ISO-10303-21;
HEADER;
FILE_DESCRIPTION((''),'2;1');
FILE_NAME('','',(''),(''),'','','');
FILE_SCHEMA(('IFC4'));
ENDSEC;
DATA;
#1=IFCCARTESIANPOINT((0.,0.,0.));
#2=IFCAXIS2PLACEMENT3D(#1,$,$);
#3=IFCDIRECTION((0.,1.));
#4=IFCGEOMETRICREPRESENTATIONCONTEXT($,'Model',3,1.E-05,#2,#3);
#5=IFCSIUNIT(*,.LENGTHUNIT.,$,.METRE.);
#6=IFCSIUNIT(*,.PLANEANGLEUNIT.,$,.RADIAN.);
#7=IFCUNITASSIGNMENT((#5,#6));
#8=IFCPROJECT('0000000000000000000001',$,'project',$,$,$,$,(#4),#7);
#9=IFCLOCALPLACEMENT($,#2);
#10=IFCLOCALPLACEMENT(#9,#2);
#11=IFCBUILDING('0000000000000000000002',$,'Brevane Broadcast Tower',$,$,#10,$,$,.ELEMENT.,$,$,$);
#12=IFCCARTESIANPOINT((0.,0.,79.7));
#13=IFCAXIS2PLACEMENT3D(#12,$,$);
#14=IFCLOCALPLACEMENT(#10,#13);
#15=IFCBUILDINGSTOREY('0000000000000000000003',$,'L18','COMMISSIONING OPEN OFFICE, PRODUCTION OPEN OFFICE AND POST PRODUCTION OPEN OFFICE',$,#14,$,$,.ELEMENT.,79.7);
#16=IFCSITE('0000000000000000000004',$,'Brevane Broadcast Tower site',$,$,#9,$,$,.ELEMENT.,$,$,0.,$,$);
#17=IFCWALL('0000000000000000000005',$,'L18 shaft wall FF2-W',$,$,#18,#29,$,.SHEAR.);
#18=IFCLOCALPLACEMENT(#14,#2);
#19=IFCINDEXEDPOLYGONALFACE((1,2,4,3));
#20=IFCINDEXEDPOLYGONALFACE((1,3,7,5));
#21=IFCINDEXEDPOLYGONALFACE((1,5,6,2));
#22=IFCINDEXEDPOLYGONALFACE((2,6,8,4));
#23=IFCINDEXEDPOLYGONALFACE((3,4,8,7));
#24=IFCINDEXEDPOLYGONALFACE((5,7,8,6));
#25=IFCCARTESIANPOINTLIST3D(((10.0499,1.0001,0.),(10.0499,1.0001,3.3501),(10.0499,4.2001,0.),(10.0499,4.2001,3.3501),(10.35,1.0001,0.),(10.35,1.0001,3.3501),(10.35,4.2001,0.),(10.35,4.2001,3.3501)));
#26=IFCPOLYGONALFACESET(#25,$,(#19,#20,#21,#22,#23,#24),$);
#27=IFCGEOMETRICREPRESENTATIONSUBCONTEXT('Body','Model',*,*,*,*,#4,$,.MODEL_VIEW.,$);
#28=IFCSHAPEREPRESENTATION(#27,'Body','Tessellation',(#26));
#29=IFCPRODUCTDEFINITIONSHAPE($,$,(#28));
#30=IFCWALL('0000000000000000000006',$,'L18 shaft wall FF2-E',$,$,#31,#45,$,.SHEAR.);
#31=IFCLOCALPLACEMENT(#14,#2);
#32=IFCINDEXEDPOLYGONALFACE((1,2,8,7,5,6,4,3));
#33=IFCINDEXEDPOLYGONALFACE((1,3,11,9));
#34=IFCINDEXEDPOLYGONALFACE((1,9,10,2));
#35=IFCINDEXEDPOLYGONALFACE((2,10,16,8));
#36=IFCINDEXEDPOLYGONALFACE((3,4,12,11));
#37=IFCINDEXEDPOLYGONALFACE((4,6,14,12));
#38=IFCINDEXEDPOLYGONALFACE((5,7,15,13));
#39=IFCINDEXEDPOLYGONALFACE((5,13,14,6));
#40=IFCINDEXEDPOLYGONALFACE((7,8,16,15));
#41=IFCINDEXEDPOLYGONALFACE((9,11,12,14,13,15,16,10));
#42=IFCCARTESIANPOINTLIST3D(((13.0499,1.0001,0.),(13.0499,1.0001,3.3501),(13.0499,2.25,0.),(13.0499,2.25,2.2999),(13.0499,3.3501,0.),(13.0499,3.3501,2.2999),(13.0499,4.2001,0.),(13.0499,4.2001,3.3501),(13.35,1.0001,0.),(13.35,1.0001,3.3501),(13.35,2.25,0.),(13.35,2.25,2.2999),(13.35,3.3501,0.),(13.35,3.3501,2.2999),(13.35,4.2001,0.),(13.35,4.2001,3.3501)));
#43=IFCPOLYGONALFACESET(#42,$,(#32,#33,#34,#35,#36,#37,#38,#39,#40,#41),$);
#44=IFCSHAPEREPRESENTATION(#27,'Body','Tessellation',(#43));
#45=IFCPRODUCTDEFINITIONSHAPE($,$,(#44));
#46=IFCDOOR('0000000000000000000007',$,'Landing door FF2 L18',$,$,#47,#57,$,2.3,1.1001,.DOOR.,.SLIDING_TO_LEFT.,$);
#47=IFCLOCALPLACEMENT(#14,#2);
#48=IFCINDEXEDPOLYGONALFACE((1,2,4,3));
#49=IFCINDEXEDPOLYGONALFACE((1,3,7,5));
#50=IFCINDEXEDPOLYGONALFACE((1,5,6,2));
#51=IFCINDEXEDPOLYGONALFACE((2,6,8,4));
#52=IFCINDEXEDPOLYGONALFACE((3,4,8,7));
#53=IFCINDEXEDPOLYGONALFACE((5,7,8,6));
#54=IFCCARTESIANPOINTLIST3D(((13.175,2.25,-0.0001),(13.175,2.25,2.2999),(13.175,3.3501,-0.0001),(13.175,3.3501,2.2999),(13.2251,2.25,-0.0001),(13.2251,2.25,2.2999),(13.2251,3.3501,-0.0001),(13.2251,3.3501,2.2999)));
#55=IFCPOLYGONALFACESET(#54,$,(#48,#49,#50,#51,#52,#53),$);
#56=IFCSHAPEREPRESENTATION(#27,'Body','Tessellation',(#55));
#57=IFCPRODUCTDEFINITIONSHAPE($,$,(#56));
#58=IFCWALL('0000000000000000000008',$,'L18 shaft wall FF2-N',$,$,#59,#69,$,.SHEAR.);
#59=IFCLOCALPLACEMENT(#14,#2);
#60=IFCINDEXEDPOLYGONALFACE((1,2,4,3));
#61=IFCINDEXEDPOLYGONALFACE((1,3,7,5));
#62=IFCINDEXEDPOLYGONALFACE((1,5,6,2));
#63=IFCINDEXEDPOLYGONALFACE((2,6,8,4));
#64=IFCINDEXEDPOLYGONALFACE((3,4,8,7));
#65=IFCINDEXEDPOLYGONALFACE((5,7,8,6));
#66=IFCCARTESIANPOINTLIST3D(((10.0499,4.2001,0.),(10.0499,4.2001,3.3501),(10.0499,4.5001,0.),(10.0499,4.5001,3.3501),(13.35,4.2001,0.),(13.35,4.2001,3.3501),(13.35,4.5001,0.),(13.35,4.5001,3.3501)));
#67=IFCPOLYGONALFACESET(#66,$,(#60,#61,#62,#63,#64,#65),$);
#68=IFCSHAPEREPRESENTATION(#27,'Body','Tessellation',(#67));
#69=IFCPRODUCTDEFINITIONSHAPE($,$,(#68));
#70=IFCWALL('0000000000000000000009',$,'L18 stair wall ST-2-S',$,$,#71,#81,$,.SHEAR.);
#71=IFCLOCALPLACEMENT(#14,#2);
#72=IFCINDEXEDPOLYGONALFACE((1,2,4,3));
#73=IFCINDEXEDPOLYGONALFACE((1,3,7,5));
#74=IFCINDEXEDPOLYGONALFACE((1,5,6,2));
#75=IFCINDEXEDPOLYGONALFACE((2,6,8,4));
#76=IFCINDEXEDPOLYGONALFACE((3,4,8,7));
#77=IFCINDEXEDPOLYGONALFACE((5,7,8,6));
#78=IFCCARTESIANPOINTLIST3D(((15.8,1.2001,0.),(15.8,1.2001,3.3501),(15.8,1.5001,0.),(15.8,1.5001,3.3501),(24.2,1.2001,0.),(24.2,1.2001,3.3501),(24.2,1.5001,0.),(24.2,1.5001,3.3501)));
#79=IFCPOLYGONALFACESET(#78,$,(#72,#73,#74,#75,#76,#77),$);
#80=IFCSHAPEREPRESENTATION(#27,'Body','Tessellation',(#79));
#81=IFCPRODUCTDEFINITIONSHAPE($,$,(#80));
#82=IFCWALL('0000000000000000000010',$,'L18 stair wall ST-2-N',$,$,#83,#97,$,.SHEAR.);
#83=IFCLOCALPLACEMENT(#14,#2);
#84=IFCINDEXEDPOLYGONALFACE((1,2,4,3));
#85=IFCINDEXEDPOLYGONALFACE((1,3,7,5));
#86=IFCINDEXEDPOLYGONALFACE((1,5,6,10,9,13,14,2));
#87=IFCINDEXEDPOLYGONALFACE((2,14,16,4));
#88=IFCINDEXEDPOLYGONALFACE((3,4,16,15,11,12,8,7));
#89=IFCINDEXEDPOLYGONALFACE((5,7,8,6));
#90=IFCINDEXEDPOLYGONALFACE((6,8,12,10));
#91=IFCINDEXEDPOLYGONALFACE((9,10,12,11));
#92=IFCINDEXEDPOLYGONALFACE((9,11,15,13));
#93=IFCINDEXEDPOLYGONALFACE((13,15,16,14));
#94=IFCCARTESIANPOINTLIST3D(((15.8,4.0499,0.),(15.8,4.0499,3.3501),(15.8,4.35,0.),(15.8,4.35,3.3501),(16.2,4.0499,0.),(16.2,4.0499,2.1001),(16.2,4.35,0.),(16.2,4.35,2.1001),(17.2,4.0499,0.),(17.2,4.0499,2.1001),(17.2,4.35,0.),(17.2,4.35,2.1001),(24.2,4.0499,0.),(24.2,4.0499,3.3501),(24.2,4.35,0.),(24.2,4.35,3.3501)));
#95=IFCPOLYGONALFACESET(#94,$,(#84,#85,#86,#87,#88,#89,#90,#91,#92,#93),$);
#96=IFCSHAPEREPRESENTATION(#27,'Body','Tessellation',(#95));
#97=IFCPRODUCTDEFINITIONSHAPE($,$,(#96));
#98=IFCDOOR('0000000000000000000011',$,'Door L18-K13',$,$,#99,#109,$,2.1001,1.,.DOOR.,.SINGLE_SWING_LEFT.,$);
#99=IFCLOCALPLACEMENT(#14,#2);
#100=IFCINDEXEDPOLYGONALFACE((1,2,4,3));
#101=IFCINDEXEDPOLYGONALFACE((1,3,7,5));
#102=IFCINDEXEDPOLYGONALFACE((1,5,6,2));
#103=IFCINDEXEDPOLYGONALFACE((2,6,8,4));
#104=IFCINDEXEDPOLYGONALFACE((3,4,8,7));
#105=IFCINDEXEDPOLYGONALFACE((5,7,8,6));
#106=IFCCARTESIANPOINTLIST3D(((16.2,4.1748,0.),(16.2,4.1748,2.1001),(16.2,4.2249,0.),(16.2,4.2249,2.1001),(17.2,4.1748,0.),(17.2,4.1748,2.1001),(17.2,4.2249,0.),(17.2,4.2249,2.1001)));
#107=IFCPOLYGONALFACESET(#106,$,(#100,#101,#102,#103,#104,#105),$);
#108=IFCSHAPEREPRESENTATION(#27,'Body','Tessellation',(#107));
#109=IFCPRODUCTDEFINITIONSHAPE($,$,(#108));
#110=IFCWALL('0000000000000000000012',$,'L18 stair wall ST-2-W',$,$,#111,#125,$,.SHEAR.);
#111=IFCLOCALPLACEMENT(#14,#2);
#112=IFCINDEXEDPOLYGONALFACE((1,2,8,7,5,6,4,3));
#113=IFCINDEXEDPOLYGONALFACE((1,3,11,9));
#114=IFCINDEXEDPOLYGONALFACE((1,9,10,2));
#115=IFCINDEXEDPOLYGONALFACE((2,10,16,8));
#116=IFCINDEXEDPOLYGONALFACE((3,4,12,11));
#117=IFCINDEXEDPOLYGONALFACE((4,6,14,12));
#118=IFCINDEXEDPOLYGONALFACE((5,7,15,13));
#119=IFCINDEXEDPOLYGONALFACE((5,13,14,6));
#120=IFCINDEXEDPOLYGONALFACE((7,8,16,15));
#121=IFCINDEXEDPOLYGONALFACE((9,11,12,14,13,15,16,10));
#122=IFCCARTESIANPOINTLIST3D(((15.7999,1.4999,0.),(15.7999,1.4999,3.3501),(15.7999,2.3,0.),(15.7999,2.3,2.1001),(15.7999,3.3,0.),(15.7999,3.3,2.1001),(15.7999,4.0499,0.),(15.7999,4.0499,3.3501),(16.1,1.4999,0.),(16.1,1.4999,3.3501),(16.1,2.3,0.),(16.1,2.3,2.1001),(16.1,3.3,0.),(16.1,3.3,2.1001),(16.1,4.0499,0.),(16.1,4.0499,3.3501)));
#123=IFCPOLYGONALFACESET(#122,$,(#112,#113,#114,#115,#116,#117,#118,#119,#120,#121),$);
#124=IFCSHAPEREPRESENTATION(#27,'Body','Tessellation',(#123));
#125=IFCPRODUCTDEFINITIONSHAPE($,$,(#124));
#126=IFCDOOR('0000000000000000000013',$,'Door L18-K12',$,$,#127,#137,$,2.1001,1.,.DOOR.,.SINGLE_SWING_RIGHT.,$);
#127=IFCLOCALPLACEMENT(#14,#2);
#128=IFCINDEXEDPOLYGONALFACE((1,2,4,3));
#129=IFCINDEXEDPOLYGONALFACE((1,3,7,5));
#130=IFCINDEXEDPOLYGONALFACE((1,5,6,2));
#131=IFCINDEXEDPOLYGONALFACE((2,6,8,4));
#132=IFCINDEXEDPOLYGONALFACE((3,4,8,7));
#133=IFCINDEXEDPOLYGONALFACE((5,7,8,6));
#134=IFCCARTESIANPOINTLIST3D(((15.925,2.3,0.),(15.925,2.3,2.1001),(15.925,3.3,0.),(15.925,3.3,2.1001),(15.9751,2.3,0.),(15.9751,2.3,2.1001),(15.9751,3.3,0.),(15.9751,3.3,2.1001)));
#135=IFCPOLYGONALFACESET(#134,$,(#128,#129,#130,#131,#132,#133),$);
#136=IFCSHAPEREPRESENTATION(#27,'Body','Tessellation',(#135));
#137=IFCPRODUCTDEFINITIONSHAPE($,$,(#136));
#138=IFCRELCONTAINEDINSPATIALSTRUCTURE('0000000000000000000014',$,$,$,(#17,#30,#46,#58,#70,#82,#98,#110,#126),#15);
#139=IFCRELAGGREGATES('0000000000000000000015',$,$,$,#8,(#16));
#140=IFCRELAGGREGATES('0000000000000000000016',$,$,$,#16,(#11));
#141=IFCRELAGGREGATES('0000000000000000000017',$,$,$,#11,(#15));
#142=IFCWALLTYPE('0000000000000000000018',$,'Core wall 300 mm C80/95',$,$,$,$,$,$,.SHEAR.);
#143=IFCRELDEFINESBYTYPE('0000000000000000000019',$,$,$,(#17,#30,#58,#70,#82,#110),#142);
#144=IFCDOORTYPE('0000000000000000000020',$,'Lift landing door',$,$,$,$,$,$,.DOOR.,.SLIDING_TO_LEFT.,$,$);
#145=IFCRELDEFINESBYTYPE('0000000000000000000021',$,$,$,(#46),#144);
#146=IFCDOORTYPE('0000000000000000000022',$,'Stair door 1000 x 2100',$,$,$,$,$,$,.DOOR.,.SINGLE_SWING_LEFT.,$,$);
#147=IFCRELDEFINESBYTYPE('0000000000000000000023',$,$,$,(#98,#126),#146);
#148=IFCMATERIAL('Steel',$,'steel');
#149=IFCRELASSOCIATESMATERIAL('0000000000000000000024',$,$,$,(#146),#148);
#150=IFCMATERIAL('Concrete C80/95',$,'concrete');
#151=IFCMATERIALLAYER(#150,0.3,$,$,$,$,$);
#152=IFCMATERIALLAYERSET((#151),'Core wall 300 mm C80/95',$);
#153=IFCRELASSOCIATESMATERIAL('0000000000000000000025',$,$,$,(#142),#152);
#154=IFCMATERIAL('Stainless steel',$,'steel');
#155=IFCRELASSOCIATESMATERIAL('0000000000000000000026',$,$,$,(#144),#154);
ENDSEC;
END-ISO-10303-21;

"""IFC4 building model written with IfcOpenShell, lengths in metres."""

from ifc_helpers import new_model, si_unit, direction, frame, frame_2d, origin, place, context, subcontext, project, spatial, rectangle, extrude, material, layer, layer_set, type_object, element, fill, save


model = new_model("IFC4")

# Units and contexts
model_context = context("Model", 3, precision=1e-05, world=origin(), true_north=direction((0.0, 1.0)))
body_context = subcontext(model_context, "Body", "Model", "MODEL_VIEW")
ifc_project = project(units=[si_unit("LENGTHUNIT", "METRE"), si_unit("PLANEANGLEUNIT", "RADIAN")], contexts=[model_context])

# Site, building, storey
site_placement = place(None, origin())
site = spatial("IfcSite", under=ifc_project, at=site_placement, Name="Brevane Broadcast Tower site", CompositionType="ELEMENT", RefElevation=0.0)
building_placement = place(site_placement, origin())
building = spatial("IfcBuilding", under=site, at=building_placement, Name="Brevane Broadcast Tower", CompositionType="ELEMENT")
storey_placement = place(building_placement, frame((0.0, 0.0, 79.7)))
storey = spatial("IfcBuildingStorey", under=building, at=storey_placement, Name="L18", Description="COMMISSIONING OPEN OFFICE, PRODUCTION OPEN OFFICE AND POST PRODUCTION OPEN OFFICE", CompositionType="ELEMENT", Elevation=79.7)

# Shared definitions
ifc_material_1 = material(Name="Steel", Category="steel")
door_type_1 = type_object("IfcDoorType", Name="Stair door 1000 x 2100", OperationType="SINGLE_SWING_LEFT", PredefinedType="DOOR", material=ifc_material_1)

# Wall
ifc_material_2 = material(Name="Concrete C80/95", Category="concrete")
ifc_layer_1 = layer(ifc_material_2, 0.3)
ifc_layer_set_1 = layer_set([ifc_layer_1], Name="Core wall 300 mm C80/95")
wall_type_1 = type_object("IfcWallType", Name="Core wall 300 mm C80/95", PredefinedType="SHEAR", material=ifc_layer_set_1)
wall_1_placement = place(storey_placement, frame((10.2, 1.0, 0.0), z_axis=(0.0, 0.0, 1.0), x_axis=(0.0, 1.0, 0.0)))
element("IfcWall", 1, at=wall_1_placement, inside=storey, type_object=wall_type_1, Name="L18 shaft wall FF2-W", PredefinedType="SHEAR", context=body_context, shape_type="SweptSolid", body=[
    extrude(rectangle(XDim=3.2, YDim=0.3, at=frame_2d((1.6001, 0.0))), origin(), (0.0, 0.0, 1.0), 3.3501),
])

# Wall, opening, door
wall_2_placement = place(storey_placement, frame((13.2, 1.0, 0.0), z_axis=(0.0, 0.0, 1.0), x_axis=(0.0, 1.0, 0.0)))
wall_2 = element("IfcWall", 2, at=wall_2_placement, inside=storey, type_object=wall_type_1, Name="L18 shaft wall FF2-E", PredefinedType="SHEAR", context=body_context, shape_type="SweptSolid", body=[
    extrude(rectangle(XDim=3.2, YDim=0.3, at=frame_2d((1.6001, 0.0))), origin(), (0.0, 0.0, 1.0), 3.3501),
])
opening_1_placement = place(wall_2_placement, frame((1.25, 0.0, 0.0)))
opening_1 = element("IfcOpeningElement", 3, at=opening_1_placement, cuts=wall_2, PredefinedType="OPENING", context=body_context, shape_type="SweptSolid", body=[
    extrude(rectangle(XDim=1.1001, YDim=2.3, at=frame_2d((0.55, 1.1499))), frame((0.0, 0.1599, 0.0), z_axis=(0.0, -1.0, 0.0), x_axis=(1.0, 0.0, 0.0)), (0.0, 0.0, 1.0), 0.3201),
])
ifc_material_3 = material(Name="Stainless steel", Category="steel")
door_type_2 = type_object("IfcDoorType", Name="Lift landing door", OperationType="SLIDING_TO_LEFT", PredefinedType="DOOR", material=ifc_material_3)
door_1_placement = place(opening_1_placement, origin())
door_1 = element("IfcDoor", 4, at=door_1_placement, inside=storey, type_object=door_type_2, Name="Landing door FF2 L18", OperationType="SLIDING_TO_LEFT", OverallHeight=2.3, OverallWidth=1.1001, PredefinedType="DOOR", context=body_context, shape_type="SweptSolid", body=[
    extrude(rectangle(XDim=1.1001, YDim=2.3, at=frame_2d((0.55, 1.1499))), frame((0.0, 0.0249, 0.0), z_axis=(0.0, -1.0, 0.0), x_axis=(1.0, 0.0, 0.0)), (0.0, 0.0, 1.0), 0.05),
])
fill(opening_1, door_1)

# Walls
wall_3_placement = place(storey_placement, frame((10.05, 4.3501, 0.0), z_axis=(0.0, 0.0, 1.0), x_axis=(1.0, 0.0, 0.0)))
element("IfcWall", 5, at=wall_3_placement, inside=storey, type_object=wall_type_1, Name="L18 shaft wall FF2-N", PredefinedType="SHEAR", context=body_context, shape_type="SweptSolid", body=[
    extrude(rectangle(XDim=3.3, YDim=0.3, at=frame_2d((1.6499, 0.0))), origin(), (0.0, 0.0, 1.0), 3.3501),
])
wall_4_placement = place(storey_placement, frame((15.8, 1.3501, 0.0), z_axis=(0.0, 0.0, 1.0), x_axis=(1.0, 0.0, 0.0)))
element("IfcWall", 6, at=wall_4_placement, inside=storey, type_object=wall_type_1, Name="L18 stair wall ST-2-S", PredefinedType="SHEAR", context=body_context, shape_type="SweptSolid", body=[
    extrude(rectangle(XDim=8.3999, YDim=0.3, at=frame_2d((4.2, 0.0))), origin(), (0.0, 0.0, 1.0), 3.3501),
])

# Walls, openings, doors
wall_5_placement = place(storey_placement, frame((15.8, 4.2, 0.0), z_axis=(0.0, 0.0, 1.0), x_axis=(1.0, 0.0, 0.0)))
wall_5 = element("IfcWall", 7, at=wall_5_placement, inside=storey, type_object=wall_type_1, Name="L18 stair wall ST-2-N", PredefinedType="SHEAR", context=body_context, shape_type="SweptSolid", body=[
    extrude(rectangle(XDim=8.3999, YDim=0.3, at=frame_2d((4.2, 0.0))), origin(), (0.0, 0.0, 1.0), 3.3501),
])
opening_2_placement = place(wall_5_placement, frame((0.3999, 0.0, 0.0)))
opening_2 = element("IfcOpeningElement", 8, at=opening_2_placement, cuts=wall_5, PredefinedType="OPENING", context=body_context, shape_type="SweptSolid", body=[
    extrude(rectangle(XDim=1.0, YDim=2.1001, at=frame_2d((0.5, 1.05))), frame((0.0, 0.1599, 0.0), z_axis=(0.0, -1.0, 0.0), x_axis=(1.0, 0.0, 0.0)), (0.0, 0.0, 1.0), 0.3201),
])
door_2_placement = place(opening_2_placement, origin())
door_2 = element("IfcDoor", 9, at=door_2_placement, inside=storey, type_object=door_type_1, Name="Door L18-K13", OperationType="SINGLE_SWING_LEFT", OverallHeight=2.1001, OverallWidth=1.0, PredefinedType="DOOR", context=body_context, shape_type="SweptSolid", body=[
    extrude(rectangle(XDim=1.0, YDim=2.1001, at=frame_2d((0.5, 1.05))), frame((0.0, 0.0249, 0.0), z_axis=(0.0, -1.0, 0.0), x_axis=(1.0, 0.0, 0.0)), (0.0, 0.0, 1.0), 0.05),
])
fill(opening_2, door_2)
wall_6_placement = place(storey_placement, frame((15.95, 1.5, 0.0), z_axis=(0.0, 0.0, 1.0), x_axis=(0.0, 1.0, 0.0)))
wall_6 = element("IfcWall", 10, at=wall_6_placement, inside=storey, type_object=wall_type_1, Name="L18 stair wall ST-2-W", PredefinedType="SHEAR", context=body_context, shape_type="SweptSolid", body=[
    extrude(rectangle(XDim=2.55, YDim=0.3, at=frame_2d((1.2749, 0.0))), origin(), (0.0, 0.0, 1.0), 3.3501),
])
opening_3_placement = place(wall_6_placement, frame((0.8, 0.0, 0.0)))
opening_3 = element("IfcOpeningElement", 11, at=opening_3_placement, cuts=wall_6, PredefinedType="OPENING", context=body_context, shape_type="SweptSolid", body=[
    extrude(rectangle(XDim=1.0, YDim=2.1001, at=frame_2d((0.5, 1.05))), frame((0.0, 0.1599, 0.0), z_axis=(0.0, -1.0, 0.0), x_axis=(1.0, 0.0, 0.0)), (0.0, 0.0, 1.0), 0.3201),
])
door_3_placement = place(opening_3_placement, origin())
door_3 = element("IfcDoor", 12, at=door_3_placement, inside=storey, type_object=door_type_1, Name="Door L18-K12", OperationType="SINGLE_SWING_RIGHT", OverallHeight=2.1001, OverallWidth=1.0, PredefinedType="DOOR", context=body_context, shape_type="SweptSolid", body=[
    extrude(rectangle(XDim=1.0, YDim=2.1001, at=frame_2d((0.5, 1.05))), frame((0.0, 0.0249, 0.0), z_axis=(0.0, -1.0, 0.0), x_axis=(1.0, 0.0, 0.0)), (0.0, 0.0, 1.0), 0.05),
])
fill(opening_3, door_3)

save(model, "model.ifc")
